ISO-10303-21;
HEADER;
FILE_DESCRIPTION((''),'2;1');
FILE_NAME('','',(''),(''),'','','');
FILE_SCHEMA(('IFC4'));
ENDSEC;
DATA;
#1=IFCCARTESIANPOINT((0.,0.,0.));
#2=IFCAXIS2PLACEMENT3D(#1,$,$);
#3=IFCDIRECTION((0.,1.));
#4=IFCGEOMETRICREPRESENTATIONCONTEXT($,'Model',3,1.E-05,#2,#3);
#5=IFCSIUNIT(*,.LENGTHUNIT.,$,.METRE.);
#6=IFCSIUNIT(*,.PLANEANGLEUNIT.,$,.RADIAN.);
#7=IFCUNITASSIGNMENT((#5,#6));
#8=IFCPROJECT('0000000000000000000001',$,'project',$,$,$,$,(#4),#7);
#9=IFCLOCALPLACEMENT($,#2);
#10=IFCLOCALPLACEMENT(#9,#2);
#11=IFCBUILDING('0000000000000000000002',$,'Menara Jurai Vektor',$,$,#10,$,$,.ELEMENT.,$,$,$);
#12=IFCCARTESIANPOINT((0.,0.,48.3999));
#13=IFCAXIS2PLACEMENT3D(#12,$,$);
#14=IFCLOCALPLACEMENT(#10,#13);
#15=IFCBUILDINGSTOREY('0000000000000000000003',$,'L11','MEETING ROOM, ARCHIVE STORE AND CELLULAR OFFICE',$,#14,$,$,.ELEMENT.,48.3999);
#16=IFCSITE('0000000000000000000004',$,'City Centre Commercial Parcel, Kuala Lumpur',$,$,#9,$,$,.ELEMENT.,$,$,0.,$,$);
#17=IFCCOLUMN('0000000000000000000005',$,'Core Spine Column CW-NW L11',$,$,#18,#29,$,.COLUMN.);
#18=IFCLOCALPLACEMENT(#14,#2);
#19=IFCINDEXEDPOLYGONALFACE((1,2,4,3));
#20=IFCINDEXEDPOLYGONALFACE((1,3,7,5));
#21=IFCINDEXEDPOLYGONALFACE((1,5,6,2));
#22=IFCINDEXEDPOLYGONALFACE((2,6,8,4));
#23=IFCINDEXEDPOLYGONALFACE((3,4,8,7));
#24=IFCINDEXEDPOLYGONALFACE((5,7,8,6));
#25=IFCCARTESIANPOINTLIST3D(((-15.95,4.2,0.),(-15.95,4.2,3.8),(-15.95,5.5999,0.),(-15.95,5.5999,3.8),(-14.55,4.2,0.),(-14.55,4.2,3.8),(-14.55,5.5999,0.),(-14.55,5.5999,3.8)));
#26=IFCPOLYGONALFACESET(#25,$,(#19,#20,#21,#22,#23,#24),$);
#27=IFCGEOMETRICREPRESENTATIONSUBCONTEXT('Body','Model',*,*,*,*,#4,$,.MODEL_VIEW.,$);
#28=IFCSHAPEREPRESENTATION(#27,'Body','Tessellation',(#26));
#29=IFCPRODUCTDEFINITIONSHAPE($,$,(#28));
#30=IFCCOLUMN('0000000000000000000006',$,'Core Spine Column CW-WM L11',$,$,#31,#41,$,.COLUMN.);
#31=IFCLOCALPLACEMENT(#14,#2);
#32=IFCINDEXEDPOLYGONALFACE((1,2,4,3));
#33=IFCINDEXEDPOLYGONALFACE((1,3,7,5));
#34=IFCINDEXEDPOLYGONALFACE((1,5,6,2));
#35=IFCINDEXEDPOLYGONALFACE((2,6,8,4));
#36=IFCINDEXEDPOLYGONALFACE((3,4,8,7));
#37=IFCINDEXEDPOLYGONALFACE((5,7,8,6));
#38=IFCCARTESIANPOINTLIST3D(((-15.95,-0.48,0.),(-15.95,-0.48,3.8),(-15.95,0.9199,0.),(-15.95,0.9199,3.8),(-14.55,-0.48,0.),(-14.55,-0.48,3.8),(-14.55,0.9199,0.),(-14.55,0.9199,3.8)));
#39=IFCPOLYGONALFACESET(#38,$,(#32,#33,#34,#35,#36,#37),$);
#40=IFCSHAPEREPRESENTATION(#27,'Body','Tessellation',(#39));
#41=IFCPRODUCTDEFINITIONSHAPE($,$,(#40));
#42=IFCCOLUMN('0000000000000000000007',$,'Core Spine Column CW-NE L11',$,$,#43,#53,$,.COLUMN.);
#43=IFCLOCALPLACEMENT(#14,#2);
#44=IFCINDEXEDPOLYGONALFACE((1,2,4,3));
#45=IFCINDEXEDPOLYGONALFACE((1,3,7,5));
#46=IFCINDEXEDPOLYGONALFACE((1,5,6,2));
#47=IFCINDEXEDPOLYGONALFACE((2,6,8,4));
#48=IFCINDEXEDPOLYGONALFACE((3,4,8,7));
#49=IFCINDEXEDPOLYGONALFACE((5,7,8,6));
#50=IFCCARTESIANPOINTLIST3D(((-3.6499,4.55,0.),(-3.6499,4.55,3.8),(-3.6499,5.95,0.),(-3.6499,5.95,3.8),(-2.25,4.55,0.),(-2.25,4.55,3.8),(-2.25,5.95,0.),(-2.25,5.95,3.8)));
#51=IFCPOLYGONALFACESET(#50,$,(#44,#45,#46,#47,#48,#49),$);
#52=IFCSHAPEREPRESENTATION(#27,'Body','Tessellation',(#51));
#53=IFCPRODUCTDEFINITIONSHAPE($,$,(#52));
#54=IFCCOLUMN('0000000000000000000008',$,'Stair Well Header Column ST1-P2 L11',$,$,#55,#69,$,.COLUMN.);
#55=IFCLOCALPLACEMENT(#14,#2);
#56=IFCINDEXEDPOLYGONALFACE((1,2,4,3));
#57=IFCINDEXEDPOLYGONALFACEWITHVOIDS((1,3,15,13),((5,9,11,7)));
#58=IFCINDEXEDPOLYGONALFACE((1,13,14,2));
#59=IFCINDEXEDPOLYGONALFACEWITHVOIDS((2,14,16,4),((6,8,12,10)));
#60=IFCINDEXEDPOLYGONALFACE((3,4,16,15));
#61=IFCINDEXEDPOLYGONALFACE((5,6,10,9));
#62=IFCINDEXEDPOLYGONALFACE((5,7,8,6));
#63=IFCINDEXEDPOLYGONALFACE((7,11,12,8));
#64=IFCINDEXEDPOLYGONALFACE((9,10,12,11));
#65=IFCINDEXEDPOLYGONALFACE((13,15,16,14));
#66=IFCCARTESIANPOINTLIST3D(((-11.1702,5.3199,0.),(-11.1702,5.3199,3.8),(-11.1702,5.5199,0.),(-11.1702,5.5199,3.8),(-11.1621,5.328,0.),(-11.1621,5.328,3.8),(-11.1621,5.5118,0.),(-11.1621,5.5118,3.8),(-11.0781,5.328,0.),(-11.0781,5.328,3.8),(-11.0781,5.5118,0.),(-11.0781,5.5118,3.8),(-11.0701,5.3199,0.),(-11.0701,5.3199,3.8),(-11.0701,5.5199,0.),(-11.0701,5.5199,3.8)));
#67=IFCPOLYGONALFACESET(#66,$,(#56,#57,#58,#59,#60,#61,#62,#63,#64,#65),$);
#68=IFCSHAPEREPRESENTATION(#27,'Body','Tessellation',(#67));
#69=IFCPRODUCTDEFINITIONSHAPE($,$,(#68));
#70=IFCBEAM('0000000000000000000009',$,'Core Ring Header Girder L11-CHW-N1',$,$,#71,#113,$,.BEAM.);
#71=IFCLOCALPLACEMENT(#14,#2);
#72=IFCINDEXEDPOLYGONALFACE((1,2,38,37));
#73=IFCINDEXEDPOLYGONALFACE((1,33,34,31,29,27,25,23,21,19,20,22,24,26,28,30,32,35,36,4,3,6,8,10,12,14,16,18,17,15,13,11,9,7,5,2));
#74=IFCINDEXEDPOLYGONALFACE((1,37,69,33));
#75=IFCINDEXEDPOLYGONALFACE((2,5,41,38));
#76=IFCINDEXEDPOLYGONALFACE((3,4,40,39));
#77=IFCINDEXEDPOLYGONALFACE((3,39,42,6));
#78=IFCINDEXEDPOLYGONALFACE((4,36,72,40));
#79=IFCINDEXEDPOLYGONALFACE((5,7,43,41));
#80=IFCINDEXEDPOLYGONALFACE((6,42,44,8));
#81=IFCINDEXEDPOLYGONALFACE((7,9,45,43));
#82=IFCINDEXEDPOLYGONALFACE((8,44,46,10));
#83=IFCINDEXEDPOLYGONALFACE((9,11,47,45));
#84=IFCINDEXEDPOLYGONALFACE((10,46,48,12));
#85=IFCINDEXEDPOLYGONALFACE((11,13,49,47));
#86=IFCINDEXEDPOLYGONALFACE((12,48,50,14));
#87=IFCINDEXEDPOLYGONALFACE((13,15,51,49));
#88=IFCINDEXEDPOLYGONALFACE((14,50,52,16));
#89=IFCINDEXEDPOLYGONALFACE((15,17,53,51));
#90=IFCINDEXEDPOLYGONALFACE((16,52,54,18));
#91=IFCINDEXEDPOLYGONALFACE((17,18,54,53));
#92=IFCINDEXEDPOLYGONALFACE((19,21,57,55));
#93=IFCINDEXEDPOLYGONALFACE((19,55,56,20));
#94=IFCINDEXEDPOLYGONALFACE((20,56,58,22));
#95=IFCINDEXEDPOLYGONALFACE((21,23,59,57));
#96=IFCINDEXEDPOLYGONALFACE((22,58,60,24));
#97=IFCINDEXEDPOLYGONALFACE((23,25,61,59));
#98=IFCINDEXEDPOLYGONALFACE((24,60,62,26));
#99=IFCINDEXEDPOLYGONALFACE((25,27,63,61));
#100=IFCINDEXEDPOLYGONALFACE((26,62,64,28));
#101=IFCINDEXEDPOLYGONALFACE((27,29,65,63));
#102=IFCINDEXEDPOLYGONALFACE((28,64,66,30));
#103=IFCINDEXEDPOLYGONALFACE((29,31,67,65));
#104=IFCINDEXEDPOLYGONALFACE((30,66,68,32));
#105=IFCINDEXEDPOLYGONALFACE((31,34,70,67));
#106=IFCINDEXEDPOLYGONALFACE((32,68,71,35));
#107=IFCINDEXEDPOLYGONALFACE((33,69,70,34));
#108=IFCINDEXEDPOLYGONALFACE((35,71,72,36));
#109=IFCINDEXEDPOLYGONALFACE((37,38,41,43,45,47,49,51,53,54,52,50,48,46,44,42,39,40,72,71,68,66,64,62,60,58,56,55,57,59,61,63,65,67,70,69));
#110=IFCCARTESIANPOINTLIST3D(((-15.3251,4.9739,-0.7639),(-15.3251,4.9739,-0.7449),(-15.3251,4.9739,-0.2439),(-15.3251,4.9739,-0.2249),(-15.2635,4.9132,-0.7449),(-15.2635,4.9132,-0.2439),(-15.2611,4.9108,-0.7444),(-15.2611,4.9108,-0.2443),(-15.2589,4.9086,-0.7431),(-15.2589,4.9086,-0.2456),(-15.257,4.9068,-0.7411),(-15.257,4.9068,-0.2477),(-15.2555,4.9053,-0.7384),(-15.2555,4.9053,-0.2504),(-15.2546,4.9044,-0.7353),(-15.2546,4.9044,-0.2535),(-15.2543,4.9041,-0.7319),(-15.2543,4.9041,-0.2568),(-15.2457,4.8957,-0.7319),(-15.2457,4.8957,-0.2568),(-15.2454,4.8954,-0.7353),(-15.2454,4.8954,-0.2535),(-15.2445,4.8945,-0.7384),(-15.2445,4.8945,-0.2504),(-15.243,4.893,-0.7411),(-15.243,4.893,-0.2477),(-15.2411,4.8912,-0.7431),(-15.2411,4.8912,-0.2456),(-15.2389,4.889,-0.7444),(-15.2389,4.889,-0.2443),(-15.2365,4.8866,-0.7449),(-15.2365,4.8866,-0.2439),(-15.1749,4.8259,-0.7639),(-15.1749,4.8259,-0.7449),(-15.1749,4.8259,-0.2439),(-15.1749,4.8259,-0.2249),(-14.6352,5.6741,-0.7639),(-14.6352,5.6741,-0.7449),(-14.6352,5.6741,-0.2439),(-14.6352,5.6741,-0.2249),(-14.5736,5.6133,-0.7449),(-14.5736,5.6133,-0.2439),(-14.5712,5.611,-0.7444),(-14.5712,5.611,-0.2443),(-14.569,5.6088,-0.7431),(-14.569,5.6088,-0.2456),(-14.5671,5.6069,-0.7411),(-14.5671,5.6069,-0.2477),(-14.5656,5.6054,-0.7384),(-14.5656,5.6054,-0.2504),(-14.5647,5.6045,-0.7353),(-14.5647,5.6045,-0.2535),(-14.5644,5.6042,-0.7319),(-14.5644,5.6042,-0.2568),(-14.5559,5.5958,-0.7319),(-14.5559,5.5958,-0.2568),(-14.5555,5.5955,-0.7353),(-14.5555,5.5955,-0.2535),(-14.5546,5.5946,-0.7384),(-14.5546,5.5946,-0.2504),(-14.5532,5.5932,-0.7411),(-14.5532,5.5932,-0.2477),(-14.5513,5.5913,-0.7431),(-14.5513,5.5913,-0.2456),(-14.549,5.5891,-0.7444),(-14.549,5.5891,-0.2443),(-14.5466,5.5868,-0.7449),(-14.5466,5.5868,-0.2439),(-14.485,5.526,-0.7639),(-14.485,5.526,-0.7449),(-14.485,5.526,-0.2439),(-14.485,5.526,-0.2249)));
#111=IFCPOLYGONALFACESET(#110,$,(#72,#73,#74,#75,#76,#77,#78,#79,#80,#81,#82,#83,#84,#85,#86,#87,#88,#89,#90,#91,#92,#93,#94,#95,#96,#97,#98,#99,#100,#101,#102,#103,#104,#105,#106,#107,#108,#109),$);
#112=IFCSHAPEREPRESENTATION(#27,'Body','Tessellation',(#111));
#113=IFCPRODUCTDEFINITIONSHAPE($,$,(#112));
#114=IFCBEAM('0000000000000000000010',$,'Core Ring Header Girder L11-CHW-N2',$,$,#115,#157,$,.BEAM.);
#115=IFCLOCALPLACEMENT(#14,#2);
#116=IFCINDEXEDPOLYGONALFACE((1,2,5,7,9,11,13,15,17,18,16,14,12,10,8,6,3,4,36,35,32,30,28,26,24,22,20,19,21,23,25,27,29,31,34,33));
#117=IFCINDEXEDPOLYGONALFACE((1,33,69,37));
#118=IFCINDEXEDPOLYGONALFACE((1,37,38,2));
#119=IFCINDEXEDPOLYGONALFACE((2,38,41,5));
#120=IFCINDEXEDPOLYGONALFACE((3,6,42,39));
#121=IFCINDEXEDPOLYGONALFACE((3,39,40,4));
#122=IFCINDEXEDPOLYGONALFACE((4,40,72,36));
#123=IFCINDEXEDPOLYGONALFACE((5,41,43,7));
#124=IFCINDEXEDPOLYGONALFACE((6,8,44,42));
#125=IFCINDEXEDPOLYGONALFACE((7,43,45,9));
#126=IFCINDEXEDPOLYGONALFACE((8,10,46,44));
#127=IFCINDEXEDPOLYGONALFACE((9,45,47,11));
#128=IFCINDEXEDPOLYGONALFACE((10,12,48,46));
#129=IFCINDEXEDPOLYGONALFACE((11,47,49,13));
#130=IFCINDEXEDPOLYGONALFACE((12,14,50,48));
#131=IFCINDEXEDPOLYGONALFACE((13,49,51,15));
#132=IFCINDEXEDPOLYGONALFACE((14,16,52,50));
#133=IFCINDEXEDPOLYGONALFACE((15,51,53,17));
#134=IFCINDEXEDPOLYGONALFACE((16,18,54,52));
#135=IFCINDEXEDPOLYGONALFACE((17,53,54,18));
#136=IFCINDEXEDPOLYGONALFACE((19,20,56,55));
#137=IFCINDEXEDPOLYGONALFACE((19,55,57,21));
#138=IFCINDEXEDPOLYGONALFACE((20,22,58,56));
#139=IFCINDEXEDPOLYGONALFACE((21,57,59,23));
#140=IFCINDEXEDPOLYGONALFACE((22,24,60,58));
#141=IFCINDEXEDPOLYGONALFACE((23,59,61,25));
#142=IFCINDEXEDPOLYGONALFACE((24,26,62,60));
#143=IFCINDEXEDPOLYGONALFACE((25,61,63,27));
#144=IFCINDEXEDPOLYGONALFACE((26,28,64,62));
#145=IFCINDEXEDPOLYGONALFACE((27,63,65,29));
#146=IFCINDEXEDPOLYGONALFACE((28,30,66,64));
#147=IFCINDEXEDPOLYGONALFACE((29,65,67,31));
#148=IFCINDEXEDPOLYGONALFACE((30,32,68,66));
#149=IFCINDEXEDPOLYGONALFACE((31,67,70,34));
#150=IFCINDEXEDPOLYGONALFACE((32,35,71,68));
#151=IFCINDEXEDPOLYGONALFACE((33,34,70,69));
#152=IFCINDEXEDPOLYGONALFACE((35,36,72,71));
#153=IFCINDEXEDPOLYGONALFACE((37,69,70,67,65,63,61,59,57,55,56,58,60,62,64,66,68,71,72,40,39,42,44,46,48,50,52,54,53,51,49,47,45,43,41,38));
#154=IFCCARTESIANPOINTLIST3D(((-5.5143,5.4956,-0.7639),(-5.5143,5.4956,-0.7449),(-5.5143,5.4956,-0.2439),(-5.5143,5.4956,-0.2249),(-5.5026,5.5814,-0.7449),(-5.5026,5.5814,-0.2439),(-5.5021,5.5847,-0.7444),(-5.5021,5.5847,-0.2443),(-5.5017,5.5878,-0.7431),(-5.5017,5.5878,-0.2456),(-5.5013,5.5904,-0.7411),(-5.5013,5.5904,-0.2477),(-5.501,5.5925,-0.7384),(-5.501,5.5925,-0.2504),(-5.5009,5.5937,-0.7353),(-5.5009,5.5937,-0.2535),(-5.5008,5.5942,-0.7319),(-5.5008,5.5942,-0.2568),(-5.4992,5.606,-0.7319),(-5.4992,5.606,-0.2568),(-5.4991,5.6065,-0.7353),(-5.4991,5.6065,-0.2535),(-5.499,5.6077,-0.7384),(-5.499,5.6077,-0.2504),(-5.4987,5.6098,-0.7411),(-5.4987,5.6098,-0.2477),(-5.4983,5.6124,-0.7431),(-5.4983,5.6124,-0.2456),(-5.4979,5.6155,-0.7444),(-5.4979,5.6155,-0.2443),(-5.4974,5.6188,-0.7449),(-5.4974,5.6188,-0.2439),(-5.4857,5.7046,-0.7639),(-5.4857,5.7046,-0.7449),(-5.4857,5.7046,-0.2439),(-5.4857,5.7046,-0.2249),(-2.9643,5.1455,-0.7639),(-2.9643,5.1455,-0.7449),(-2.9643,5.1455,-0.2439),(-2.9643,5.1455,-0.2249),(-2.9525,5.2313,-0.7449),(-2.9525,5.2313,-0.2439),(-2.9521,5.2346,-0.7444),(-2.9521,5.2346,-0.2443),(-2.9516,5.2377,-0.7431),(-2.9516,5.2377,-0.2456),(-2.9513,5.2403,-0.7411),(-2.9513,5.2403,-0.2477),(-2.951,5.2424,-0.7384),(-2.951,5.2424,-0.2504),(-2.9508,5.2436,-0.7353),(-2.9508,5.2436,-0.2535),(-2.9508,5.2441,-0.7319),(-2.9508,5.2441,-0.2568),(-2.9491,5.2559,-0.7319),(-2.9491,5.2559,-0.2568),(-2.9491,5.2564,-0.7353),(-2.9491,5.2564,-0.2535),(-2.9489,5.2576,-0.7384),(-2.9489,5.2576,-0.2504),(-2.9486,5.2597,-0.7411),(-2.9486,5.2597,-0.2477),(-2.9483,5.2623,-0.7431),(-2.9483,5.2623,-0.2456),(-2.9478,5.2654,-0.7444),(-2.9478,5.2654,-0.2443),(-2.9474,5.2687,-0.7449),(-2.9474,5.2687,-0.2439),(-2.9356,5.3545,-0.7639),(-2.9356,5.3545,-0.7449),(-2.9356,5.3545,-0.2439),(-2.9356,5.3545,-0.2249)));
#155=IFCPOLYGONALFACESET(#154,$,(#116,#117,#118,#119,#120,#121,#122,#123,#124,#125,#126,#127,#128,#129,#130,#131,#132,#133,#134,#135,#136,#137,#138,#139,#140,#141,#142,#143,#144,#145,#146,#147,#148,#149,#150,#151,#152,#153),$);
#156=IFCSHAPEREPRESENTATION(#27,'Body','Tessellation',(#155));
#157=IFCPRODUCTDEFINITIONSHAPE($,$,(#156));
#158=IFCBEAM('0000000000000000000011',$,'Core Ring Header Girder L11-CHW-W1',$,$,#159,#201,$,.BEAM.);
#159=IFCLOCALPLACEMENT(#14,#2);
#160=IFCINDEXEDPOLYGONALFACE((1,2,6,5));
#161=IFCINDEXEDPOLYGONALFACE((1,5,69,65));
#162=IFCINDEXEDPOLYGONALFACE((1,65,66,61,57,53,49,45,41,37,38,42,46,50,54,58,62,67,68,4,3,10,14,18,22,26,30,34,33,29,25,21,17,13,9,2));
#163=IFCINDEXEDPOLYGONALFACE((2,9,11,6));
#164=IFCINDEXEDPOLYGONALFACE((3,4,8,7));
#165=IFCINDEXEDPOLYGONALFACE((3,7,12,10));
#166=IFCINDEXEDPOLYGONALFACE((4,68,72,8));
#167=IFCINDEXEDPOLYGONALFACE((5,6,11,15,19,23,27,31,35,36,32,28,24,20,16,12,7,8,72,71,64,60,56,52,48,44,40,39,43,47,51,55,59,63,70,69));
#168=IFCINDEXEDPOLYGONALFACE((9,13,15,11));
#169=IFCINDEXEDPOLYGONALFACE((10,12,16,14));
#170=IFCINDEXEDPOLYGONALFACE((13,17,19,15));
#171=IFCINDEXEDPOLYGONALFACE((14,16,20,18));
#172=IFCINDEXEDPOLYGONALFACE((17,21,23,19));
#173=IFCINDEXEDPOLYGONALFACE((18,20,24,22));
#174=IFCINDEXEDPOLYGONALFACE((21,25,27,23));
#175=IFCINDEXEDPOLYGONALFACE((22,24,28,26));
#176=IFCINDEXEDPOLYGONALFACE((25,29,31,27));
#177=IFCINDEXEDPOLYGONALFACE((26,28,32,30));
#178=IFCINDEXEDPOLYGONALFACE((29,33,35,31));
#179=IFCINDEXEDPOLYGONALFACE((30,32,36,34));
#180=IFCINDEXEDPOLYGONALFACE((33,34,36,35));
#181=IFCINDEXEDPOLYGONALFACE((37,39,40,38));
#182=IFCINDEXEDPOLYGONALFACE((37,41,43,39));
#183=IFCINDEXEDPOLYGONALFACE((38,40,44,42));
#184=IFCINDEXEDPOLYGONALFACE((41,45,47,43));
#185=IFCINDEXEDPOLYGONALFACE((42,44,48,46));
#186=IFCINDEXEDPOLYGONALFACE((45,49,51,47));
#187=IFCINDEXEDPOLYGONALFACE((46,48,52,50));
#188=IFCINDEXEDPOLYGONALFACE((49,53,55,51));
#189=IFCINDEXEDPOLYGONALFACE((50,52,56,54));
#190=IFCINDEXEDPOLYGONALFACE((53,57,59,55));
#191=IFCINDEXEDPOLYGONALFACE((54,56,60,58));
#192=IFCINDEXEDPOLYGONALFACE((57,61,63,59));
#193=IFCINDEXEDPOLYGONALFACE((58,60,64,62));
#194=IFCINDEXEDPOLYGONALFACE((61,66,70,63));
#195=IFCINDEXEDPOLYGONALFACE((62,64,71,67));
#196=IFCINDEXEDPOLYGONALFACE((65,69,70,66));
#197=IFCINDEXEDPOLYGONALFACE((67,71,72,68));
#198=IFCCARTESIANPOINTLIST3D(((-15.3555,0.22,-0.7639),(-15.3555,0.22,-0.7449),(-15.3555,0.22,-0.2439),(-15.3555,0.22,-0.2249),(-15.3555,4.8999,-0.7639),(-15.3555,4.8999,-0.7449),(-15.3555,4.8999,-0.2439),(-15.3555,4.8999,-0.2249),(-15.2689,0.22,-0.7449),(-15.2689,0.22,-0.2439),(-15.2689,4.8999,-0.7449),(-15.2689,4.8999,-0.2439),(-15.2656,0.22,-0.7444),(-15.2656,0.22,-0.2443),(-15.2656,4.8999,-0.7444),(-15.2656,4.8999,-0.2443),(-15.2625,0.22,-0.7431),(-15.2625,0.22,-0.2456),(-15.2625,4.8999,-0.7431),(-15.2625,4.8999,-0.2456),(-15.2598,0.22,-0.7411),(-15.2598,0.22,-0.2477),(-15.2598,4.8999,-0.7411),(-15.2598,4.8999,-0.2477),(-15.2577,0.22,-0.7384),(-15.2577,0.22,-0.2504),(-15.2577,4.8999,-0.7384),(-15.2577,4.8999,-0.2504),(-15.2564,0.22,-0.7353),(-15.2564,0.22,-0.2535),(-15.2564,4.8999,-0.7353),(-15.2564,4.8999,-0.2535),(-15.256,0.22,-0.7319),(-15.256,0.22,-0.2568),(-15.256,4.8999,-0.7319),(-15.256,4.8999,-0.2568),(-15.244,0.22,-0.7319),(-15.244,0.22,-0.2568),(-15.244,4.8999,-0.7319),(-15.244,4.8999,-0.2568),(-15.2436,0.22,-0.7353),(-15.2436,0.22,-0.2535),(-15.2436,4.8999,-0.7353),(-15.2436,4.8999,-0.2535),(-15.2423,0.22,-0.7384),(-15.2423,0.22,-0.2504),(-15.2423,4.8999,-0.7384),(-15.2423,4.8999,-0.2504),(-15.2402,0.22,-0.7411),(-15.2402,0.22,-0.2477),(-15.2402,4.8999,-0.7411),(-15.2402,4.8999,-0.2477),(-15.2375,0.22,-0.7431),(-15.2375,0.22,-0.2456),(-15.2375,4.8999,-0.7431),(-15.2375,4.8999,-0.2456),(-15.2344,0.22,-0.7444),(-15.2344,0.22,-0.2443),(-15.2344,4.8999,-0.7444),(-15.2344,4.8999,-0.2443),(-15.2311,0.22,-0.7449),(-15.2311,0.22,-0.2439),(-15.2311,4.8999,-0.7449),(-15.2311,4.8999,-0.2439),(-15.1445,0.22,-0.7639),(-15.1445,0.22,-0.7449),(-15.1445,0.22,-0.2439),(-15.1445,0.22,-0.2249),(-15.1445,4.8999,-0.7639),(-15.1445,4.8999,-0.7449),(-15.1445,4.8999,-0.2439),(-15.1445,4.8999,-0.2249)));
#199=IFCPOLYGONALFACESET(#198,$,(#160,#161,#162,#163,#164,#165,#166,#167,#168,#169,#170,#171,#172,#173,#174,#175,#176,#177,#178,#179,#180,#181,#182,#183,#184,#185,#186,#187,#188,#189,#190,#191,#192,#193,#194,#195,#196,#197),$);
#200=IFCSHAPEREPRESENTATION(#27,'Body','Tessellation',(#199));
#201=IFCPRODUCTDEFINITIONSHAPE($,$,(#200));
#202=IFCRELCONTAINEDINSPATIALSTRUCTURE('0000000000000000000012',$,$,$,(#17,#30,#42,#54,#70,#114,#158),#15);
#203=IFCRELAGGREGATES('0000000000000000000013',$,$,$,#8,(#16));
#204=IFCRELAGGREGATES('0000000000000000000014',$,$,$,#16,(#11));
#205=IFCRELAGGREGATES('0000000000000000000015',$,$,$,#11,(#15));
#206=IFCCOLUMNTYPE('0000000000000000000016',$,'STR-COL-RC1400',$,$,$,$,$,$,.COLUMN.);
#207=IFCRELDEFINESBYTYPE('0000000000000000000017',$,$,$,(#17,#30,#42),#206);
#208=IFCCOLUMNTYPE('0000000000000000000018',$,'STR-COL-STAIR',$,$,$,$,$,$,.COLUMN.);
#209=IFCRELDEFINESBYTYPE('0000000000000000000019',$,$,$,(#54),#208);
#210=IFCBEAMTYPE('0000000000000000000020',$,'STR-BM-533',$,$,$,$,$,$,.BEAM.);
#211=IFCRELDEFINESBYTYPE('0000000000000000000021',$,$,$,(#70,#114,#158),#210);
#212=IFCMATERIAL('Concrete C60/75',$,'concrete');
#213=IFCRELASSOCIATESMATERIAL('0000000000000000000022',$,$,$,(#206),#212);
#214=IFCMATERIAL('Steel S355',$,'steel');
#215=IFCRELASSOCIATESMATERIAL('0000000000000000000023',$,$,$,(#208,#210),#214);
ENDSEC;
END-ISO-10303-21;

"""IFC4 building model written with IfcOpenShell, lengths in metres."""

from ifc_helpers import new_model, si_unit, direction, frame, origin, origin_2d, place, context, subcontext, project, spatial, rectangle, hollow_rectangle, i_section, extrude, material, material_profile, profile_set, type_object, element, save


model = new_model("IFC4")

# Units and contexts
model_context = context("Model", 3, precision=1e-05, world=origin(), true_north=direction((0.0, 1.0)))
body_context = subcontext(model_context, "Body", "Model", "MODEL_VIEW")
ifc_project = project(units=[si_unit("LENGTHUNIT", "METRE"), si_unit("PLANEANGLEUNIT", "RADIAN")], contexts=[model_context])

# Site, building, storey
site_placement = place(None, origin())
site = spatial("IfcSite", under=ifc_project, at=site_placement, Name="City Centre Commercial Parcel, Kuala Lumpur", CompositionType="ELEMENT", RefElevation=0.0)
building_placement = place(site_placement, origin())
building = spatial("IfcBuilding", under=site, at=building_placement, Name="Menara Jurai Vektor", CompositionType="ELEMENT")
storey_placement = place(building_placement, frame((0.0, 0.0, 48.3999)))
storey = spatial("IfcBuildingStorey", under=building, at=storey_placement, Name="L11", Description="MEETING ROOM, ARCHIVE STORE AND CELLULAR OFFICE", CompositionType="ELEMENT", Elevation=48.3999)

# Columns
ifc_material_1 = material(Name="Concrete C60/75", Category="concrete")
ifc_material_profile_1 = material_profile(ifc_material_1, rectangle(XDim=1.3999, YDim=1.3999, at=origin_2d()), Name="RC 1400x1400")
ifc_profile_set_1 = profile_set([ifc_material_profile_1], Name="Concrete C60/75")
column_type_1 = type_object("IfcColumnType", Name="STR-COL-RC1400", PredefinedType="COLUMN", material=ifc_profile_set_1)
for number, where, z_axis, x_axis, name in (
    (1, (-15.25, 4.8999, 0.0), (0.0, 0.0, 1.0), (1.0, 0.0, 0.0), "Core Spine Column CW-NW L11"),
    (2, (-15.25, 0.22, 0.0), (0.0, 0.0, 1.0), (1.0, 0.0, 0.0), "Core Spine Column CW-WM L11"),
    (3, (-2.95, 5.25, 0.0), (0.0, 0.0, 1.0), (1.0, 0.0, 0.0), "Core Spine Column CW-NE L11"),
):
    element("IfcColumn", number, at=place(storey_placement, frame(where, z_axis=z_axis, x_axis=x_axis)), inside=storey, type_object=column_type_1, Name=name, PredefinedType="COLUMN", context=body_context, shape_type="SweptSolid", body=[
        extrude(rectangle(XDim=1.3999, YDim=1.3999, at=origin_2d()), origin(), (0.0, 0.0, 1.0), 3.8),
    ])
ifc_material_2 = material(Name="Steel S355", Category="steel")
ifc_material_profile_2 = material_profile(ifc_material_2, hollow_rectangle(XDim=0.1001, YDim=0.2, WallThickness=0.0081, at=origin_2d()), Name="RHS 200x100x8")
ifc_profile_set_2 = profile_set([ifc_material_profile_2], Name="Steel S355")
column_type_2 = type_object("IfcColumnType", Name="STR-COL-STAIR", PredefinedType="COLUMN", material=ifc_profile_set_2)
column_placement = place(storey_placement, frame((-11.1201, 5.4199, 0.0), z_axis=(0.0, 0.0, 1.0), x_axis=(1.0, 0.0, 0.0)))
element("IfcColumn", 4, at=column_placement, inside=storey, type_object=column_type_2, Name="Stair Well Header Column ST1-P2 L11", PredefinedType="COLUMN", context=body_context, shape_type="SweptSolid", body=[
    extrude(hollow_rectangle(XDim=0.1001, YDim=0.2, WallThickness=0.0081, at=origin_2d()), origin(), (0.0, 0.0, 1.0), 3.8),
])

# Beams
ifc_material_profile_3 = material_profile(ifc_material_2, i_section(OverallWidth=0.2109, OverallDepth=0.5391, WebThickness=0.012, FlangeThickness=0.019, FilletRadius=0.0129, at=origin_2d()), Name="UKB 533x210x109")
ifc_profile_set_3 = profile_set([ifc_material_profile_3], Name="Steel S355")
beam_type_1 = type_object("IfcBeamType", Name="STR-BM-533", PredefinedType="BEAM", material=ifc_profile_set_3)
beam_1_placement = place(storey_placement, frame((-15.25, 4.8999, -0.4944), z_axis=(0.701872, 0.712303, 0.0), x_axis=(-0.712303, 0.701872, 0.0)))
element("IfcBeam", 5, at=beam_1_placement, inside=storey, type_object=beam_type_1, Name="Core Ring Header Girder L11-CHW-N1", PredefinedType="BEAM", context=body_context, shape_type="SweptSolid", body=[
    extrude(i_section(OverallWidth=0.2109, OverallDepth=0.5391, WebThickness=0.012, FlangeThickness=0.019, FilletRadius=0.0129, at=origin_2d()), origin(), (0.0, 0.0, 1.0), 0.9829),
])
beam_2_placement = place(storey_placement, frame((-5.5, 5.6001, -0.4944), z_axis=(0.990707, -0.136015, 0.0), x_axis=(0.136015, 0.990707, 0.0)))
element("IfcBeam", 6, at=beam_2_placement, inside=storey, type_object=beam_type_1, Name="Core Ring Header Girder L11-CHW-N2", PredefinedType="BEAM", context=body_context, shape_type="SweptSolid", body=[
    extrude(i_section(OverallWidth=0.2109, OverallDepth=0.5391, WebThickness=0.012, FlangeThickness=0.019, FilletRadius=0.0129, at=origin_2d()), origin(), (0.0, 0.0, 1.0), 2.574),
])
beam_3_placement = place(storey_placement, frame((-15.25, 0.22, -0.4944), z_axis=(0.0, 1.0, 0.0), x_axis=(-1.0, 0.0, 0.0)))
element("IfcBeam", 7, at=beam_3_placement, inside=storey, type_object=beam_type_1, Name="Core Ring Header Girder L11-CHW-W1", PredefinedType="BEAM", context=body_context, shape_type="SweptSolid", body=[
    extrude(i_section(OverallWidth=0.2109, OverallDepth=0.5391, WebThickness=0.012, FlangeThickness=0.019, FilletRadius=0.0129, at=origin_2d()), origin(), (0.0, 0.0, 1.0), 4.6799),
])

save(model, "model.ifc")
